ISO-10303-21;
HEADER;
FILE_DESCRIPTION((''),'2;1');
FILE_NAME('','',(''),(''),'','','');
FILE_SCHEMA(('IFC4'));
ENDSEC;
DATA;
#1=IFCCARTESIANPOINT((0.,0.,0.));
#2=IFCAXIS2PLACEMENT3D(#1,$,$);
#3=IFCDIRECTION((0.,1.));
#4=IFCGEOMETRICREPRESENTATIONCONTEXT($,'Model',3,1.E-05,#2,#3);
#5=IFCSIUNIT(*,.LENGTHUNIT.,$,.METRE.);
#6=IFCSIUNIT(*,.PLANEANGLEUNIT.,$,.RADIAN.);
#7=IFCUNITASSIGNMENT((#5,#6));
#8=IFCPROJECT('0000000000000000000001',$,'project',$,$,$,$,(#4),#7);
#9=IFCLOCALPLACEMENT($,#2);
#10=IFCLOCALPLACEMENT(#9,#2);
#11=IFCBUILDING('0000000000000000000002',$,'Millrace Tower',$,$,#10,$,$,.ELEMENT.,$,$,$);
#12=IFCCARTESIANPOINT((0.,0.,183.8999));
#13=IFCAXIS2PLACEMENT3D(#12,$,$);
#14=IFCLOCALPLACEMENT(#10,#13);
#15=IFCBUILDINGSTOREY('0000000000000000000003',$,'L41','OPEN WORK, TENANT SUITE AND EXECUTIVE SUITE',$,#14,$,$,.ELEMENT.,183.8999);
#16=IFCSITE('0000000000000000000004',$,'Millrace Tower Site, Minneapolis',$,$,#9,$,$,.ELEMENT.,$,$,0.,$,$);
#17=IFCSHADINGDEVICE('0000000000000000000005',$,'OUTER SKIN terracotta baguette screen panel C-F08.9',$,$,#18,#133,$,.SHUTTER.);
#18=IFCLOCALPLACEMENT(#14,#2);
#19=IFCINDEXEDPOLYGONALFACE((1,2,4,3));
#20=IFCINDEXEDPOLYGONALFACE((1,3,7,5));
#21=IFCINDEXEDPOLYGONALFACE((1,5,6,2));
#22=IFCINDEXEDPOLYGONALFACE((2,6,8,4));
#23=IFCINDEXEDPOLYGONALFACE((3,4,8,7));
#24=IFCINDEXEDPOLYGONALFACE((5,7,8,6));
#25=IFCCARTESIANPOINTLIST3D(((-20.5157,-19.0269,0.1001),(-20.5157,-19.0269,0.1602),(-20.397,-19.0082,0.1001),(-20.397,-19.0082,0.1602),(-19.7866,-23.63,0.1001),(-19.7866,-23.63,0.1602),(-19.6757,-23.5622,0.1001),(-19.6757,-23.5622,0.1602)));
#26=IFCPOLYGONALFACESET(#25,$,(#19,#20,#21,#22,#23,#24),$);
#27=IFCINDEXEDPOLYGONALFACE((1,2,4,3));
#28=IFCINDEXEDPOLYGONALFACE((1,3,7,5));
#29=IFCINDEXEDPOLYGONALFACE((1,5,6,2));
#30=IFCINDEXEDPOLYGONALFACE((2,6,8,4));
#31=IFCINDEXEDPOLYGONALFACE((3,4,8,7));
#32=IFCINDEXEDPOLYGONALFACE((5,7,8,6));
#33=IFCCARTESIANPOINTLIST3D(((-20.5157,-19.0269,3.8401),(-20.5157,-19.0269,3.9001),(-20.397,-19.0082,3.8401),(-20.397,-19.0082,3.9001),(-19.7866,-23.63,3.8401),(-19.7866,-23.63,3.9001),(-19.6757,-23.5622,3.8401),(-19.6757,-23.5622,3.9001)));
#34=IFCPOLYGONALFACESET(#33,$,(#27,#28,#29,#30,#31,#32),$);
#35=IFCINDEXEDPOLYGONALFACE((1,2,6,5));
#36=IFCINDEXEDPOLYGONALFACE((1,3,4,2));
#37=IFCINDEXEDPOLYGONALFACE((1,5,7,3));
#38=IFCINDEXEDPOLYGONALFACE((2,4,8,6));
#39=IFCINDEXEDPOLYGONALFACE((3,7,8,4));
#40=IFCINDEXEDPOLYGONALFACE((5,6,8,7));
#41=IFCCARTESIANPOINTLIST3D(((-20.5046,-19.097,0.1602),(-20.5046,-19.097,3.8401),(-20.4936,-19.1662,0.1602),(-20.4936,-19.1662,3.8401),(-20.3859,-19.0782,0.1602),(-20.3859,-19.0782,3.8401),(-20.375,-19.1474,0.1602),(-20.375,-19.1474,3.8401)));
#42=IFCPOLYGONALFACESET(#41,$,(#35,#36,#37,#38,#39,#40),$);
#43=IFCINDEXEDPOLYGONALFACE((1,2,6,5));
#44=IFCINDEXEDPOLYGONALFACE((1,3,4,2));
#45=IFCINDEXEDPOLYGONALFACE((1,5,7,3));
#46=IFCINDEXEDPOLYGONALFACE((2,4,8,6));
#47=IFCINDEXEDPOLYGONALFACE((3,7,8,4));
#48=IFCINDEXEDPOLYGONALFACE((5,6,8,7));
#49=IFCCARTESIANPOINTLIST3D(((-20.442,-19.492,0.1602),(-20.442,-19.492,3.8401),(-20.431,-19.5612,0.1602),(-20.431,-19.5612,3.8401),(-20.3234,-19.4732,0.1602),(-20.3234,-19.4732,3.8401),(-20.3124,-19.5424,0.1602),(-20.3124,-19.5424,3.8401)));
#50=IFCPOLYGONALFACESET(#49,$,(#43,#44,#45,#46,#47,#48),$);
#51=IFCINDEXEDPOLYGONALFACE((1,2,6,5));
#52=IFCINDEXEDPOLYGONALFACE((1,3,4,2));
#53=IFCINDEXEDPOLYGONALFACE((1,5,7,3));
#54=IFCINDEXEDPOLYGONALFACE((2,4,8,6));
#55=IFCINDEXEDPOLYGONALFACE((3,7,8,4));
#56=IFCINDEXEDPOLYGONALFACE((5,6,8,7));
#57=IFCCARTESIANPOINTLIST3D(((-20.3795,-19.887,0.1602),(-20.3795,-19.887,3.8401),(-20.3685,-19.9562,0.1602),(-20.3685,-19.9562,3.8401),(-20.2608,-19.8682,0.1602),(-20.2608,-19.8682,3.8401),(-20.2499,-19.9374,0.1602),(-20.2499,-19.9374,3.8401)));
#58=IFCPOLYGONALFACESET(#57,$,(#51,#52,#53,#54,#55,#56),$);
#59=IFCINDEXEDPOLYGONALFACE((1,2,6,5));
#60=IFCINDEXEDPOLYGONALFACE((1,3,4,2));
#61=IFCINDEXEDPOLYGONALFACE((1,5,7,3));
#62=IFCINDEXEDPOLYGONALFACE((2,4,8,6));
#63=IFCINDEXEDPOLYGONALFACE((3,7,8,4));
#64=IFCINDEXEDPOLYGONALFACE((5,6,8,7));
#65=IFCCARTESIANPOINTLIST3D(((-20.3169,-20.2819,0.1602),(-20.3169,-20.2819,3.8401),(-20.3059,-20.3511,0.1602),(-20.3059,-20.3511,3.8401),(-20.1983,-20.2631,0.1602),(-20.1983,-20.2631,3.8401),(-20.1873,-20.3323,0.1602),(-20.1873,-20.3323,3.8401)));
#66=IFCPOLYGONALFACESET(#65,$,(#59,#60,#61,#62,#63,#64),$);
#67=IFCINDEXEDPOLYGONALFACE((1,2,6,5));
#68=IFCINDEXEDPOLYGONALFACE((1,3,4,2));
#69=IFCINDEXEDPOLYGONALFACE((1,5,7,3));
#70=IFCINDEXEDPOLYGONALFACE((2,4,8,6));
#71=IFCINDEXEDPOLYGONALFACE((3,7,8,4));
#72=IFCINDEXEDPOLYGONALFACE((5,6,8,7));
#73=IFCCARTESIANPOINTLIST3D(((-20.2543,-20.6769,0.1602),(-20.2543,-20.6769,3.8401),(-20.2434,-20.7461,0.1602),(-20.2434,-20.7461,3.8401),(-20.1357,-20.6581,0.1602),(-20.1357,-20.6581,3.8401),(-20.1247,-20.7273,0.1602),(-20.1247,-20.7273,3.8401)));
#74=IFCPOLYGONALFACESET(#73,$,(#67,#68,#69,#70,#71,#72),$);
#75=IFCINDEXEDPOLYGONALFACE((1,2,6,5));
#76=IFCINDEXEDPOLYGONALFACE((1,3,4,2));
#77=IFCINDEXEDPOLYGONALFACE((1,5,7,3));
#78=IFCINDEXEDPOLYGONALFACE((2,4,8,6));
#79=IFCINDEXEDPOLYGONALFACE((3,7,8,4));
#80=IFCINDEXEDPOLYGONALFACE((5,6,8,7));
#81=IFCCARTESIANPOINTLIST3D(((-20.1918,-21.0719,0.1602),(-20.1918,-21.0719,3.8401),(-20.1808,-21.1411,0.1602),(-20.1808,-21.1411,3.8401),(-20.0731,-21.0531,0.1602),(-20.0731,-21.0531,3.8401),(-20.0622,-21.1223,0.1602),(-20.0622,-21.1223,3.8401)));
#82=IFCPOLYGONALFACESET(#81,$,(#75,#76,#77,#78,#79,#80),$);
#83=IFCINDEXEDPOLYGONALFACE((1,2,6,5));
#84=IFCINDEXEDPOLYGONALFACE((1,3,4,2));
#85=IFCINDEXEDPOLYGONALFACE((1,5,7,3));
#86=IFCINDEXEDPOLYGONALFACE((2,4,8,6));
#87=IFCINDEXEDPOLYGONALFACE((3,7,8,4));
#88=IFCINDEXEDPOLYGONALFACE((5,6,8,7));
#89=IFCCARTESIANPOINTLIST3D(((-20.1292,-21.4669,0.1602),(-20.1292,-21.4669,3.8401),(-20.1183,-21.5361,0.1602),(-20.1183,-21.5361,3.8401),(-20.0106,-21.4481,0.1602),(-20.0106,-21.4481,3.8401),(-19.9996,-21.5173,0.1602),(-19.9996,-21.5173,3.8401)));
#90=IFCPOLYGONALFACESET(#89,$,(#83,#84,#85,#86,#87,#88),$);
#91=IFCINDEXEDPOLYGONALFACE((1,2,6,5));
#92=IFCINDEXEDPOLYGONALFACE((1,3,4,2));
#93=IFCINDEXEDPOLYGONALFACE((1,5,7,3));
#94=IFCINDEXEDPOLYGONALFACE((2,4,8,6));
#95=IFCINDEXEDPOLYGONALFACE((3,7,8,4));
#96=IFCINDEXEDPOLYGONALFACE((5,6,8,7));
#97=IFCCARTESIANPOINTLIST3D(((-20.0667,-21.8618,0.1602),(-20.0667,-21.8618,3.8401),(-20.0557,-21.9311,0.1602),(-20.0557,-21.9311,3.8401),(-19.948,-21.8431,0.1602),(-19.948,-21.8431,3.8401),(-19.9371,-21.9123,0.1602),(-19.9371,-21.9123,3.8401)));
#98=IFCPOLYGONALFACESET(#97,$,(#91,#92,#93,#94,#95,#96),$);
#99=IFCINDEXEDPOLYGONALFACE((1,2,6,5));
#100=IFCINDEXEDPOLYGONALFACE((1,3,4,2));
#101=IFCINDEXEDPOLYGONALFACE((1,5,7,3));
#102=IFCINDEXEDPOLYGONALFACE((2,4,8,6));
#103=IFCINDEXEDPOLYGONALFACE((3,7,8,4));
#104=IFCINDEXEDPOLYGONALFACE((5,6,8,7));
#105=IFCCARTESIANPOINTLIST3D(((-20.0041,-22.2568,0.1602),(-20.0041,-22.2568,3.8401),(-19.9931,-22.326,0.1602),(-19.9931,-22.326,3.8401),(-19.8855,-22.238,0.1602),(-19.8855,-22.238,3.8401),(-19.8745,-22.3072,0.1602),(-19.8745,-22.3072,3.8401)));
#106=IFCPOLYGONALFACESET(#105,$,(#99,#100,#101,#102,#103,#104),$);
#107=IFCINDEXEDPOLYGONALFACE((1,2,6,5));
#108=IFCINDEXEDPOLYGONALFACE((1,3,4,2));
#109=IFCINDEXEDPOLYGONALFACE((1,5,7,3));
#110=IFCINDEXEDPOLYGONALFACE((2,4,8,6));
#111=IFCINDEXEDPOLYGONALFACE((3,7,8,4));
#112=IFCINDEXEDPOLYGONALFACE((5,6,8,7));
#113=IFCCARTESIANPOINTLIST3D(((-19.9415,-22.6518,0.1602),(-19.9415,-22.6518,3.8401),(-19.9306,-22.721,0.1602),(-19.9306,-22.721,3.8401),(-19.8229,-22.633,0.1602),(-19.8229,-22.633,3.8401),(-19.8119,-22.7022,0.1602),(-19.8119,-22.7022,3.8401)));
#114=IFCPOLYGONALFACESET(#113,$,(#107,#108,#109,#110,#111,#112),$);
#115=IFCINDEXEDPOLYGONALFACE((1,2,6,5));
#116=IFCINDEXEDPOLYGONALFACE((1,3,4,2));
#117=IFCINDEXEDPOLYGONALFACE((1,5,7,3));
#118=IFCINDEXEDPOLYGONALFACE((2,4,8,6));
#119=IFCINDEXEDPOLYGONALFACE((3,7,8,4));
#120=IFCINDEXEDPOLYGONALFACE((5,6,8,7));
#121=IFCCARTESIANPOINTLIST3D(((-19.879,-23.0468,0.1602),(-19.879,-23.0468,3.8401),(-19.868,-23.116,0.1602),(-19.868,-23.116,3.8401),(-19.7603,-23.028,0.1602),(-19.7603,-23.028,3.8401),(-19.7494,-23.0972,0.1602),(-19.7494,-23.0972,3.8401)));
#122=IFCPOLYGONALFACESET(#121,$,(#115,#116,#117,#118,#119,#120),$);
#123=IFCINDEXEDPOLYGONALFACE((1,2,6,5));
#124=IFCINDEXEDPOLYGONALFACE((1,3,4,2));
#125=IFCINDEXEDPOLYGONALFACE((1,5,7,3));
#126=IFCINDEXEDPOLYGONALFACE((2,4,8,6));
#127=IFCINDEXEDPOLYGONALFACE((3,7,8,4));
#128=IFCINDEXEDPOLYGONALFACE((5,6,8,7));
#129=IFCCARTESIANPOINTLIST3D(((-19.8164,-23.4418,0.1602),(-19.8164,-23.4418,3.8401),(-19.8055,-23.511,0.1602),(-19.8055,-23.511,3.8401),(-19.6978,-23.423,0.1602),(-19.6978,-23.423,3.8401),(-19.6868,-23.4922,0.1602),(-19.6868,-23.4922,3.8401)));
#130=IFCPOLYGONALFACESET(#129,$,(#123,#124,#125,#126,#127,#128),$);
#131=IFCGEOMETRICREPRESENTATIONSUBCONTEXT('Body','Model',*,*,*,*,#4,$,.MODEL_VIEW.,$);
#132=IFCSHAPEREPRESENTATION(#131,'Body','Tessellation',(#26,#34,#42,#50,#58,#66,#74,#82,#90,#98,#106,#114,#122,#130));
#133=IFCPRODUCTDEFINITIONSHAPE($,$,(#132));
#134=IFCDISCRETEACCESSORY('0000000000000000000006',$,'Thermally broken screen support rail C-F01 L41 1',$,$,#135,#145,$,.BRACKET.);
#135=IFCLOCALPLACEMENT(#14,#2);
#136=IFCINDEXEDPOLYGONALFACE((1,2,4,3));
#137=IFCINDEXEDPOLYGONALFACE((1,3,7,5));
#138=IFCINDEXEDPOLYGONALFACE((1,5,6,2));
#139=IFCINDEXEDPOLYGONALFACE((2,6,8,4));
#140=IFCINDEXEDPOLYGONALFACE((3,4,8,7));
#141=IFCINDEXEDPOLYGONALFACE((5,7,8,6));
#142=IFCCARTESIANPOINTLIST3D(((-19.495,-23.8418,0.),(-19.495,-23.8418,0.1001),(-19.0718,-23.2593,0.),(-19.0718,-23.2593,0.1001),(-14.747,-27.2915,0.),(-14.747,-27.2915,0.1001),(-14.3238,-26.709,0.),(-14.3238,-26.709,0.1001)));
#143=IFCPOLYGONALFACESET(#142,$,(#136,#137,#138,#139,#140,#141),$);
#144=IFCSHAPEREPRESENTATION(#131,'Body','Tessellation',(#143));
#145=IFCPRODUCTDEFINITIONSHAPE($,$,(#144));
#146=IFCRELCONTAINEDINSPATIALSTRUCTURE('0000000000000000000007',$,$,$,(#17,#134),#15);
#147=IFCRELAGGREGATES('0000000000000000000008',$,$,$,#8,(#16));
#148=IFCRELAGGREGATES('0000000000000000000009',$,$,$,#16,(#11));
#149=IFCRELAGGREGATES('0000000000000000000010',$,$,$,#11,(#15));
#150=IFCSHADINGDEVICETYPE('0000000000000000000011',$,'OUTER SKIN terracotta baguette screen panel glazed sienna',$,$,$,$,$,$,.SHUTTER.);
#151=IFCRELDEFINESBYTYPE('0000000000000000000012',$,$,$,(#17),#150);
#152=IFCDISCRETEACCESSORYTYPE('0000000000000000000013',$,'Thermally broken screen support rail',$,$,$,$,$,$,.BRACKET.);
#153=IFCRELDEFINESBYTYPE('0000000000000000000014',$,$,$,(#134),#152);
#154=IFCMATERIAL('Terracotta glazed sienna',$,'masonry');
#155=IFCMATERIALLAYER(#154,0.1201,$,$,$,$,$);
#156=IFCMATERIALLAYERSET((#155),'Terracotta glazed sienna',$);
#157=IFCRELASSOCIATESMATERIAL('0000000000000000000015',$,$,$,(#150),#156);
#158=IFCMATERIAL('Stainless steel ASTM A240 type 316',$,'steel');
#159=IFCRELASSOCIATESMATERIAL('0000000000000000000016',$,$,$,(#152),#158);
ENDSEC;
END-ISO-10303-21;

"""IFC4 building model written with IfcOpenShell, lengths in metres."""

from ifc_helpers import new_model, entity, si_unit, direction, frame, frame_2d, origin, origin_2d, place, context, subcontext, project, spatial, rectangle, extrude, source, transform, mapped, material, layer, layer_set, type_object, element, save


model = new_model("IFC4")

# Units and contexts
model_context = context("Model", 3, precision=1e-05, world=origin(), true_north=direction((0.0, 1.0)))
body_context = subcontext(model_context, "Body", "Model", "MODEL_VIEW")
ifc_project = project(units=[si_unit("LENGTHUNIT", "METRE"), si_unit("PLANEANGLEUNIT", "RADIAN")], contexts=[model_context])

# Site, building, storey
site_placement = place(None, origin())
site = spatial("IfcSite", under=ifc_project, at=site_placement, Name="Millrace Tower Site, Minneapolis", CompositionType="ELEMENT", RefElevation=0.0)
building_placement = place(site_placement, origin())
building = spatial("IfcBuilding", under=site, at=building_placement, Name="Millrace Tower", CompositionType="ELEMENT")
storey_placement = place(building_placement, frame((0.0, 0.0, 183.8999)))
storey = spatial("IfcBuildingStorey", under=building, at=storey_placement, Name="L41", Description="OPEN WORK, TENANT SUITE AND EXECUTIVE SUITE", CompositionType="ELEMENT", Elevation=183.8999)

# Shading device
ifc_material_1 = material(Name="Terracotta glazed sienna", Category="masonry")
ifc_layer_1 = layer(ifc_material_1, 0.1201)
ifc_layer_set_1 = layer_set([ifc_layer_1], Name="Terracotta glazed sienna")
shading_device_type = type_object("IfcShadingDeviceType", Name="OUTER SKIN terracotta baguette screen panel glazed sienna", PredefinedType="SHUTTER", material=ifc_layer_set_1)
cartesian_point_1 = entity("IfcCartesianPoint", [-2.3179, 0.0601])
shared_polyline_1 = entity("IfcPolyline", [cartesian_point_1, entity("IfcCartesianPoint", [2.293, 0.0601]), entity("IfcCartesianPoint", [2.3425, -0.0601]), entity("IfcCartesianPoint", [-2.3179, -0.0601]), cartesian_point_1])
shared_shape_1 = source(origin(), body_context, "Body", "SweptSolid", [
    entity("IfcExtrudedAreaSolid", entity("IfcArbitraryClosedProfileDef", "AREA", None, shared_polyline_1), entity("IfcAxis2Placement3D", entity("IfcCartesianPoint", [0.0, 0.0, 0.0])), entity("IfcDirection", [0.0, 0.0, 1.0]), 0.0601),
    entity("IfcExtrudedAreaSolid", entity("IfcArbitraryClosedProfileDef", "AREA", None, shared_polyline_1), entity("IfcAxis2Placement3D", entity("IfcCartesianPoint", [0.0, 0.0, 3.74])), entity("IfcDirection", [0.0, 0.0, 1.0]), 0.0601),
    extrude(rectangle(XDim=0.0701, YDim=0.1201, at=frame_2d((-2.2119, 0.0))), frame((0.0, 0.0, 0.0601)), (0.0, 0.0, 1.0), 3.6799),
    extrude(rectangle(XDim=0.0701, YDim=0.1201, at=frame_2d((-1.812, 0.0))), frame((0.0, 0.0, 0.0601)), (0.0, 0.0, 1.0), 3.6799),
    extrude(rectangle(XDim=0.0701, YDim=0.1201, at=frame_2d((-1.4121, 0.0))), frame((0.0, 0.0, 0.0601)), (0.0, 0.0, 1.0), 3.6799),
    extrude(rectangle(XDim=0.0701, YDim=0.1201, at=frame_2d((-1.0122, 0.0))), frame((0.0, 0.0, 0.0601)), (0.0, 0.0, 1.0), 3.6799),
    extrude(rectangle(XDim=0.0701, YDim=0.1201, at=frame_2d((-0.6123, 0.0))), frame((0.0, 0.0, 0.0601)), (0.0, 0.0, 1.0), 3.6799),
    extrude(rectangle(XDim=0.0701, YDim=0.1201, at=frame_2d((-0.2124, 0.0))), frame((0.0, 0.0, 0.0601)), (0.0, 0.0, 1.0), 3.6799),
    extrude(rectangle(XDim=0.0701, YDim=0.1201, at=frame_2d((0.1875, 0.0))), frame((0.0, 0.0, 0.0601)), (0.0, 0.0, 1.0), 3.6799),
    extrude(rectangle(XDim=0.0701, YDim=0.1201, at=frame_2d((0.5874, 0.0))), frame((0.0, 0.0, 0.0601)), (0.0, 0.0, 1.0), 3.6799),
    extrude(rectangle(XDim=0.0701, YDim=0.1201, at=frame_2d((0.9873, 0.0))), frame((0.0, 0.0, 0.0601)), (0.0, 0.0, 1.0), 3.6799),
    extrude(rectangle(XDim=0.0701, YDim=0.1201, at=frame_2d((1.3872, 0.0))), frame((0.0, 0.0, 0.0601)), (0.0, 0.0, 1.0), 3.6799),
    extrude(rectangle(XDim=0.0701, YDim=0.1201, at=frame_2d((1.7871, 0.0))), frame((0.0, 0.0, 0.0601)), (0.0, 0.0, 1.0), 3.6799),
    extrude(rectangle(XDim=0.0701, YDim=0.1201, at=frame_2d((2.187, 0.0))), frame((0.0, 0.0, 0.0601)), (0.0, 0.0, 1.0), 3.6799),
])
shading_device_1_placement = place(storey_placement, frame((-20.0938, -21.3069, 0.1001), z_axis=(0.0, 0.0, 1.0), x_axis=(0.156434, -0.987688, 0.0)))
element("IfcShadingDevice", 1, at=shading_device_1_placement, inside=storey, type_object=shading_device_type, Name="OUTER SKIN terracotta baguette screen panel C-F08.9", PredefinedType="SHUTTER", context=body_context, shape_type="MappedRepresentation", body=[
    mapped(shared_shape_1, transform((0.0, 0.0, 0.0), scale=1.0)),
])

# Discrete accessory
ifc_material_2 = material(Name="Stainless steel ASTM A240 type 316", Category="steel")
discrete_accessory_type = type_object("IfcDiscreteAccessoryType", Name="Thermally broken screen support rail", PredefinedType="BRACKET", material=ifc_material_2)
discrete_accessory_placement = place(storey_placement, frame((-16.9094, -25.2754, 0.0), z_axis=(0.0, 0.0, 1.0), x_axis=(0.809017, -0.587785, 0.0)))
element("IfcDiscreteAccessory", 2, at=discrete_accessory_placement, inside=storey, type_object=discrete_accessory_type, Name="Thermally broken screen support rail C-F01 L41 1", PredefinedType="BRACKET", context=body_context, shape_type="SweptSolid", body=[
    extrude(rectangle(XDim=5.8689, YDim=0.72, at=origin_2d()), origin(), (0.0, 0.0, 1.0), 0.1001),
])

save(model, "model.ifc")
